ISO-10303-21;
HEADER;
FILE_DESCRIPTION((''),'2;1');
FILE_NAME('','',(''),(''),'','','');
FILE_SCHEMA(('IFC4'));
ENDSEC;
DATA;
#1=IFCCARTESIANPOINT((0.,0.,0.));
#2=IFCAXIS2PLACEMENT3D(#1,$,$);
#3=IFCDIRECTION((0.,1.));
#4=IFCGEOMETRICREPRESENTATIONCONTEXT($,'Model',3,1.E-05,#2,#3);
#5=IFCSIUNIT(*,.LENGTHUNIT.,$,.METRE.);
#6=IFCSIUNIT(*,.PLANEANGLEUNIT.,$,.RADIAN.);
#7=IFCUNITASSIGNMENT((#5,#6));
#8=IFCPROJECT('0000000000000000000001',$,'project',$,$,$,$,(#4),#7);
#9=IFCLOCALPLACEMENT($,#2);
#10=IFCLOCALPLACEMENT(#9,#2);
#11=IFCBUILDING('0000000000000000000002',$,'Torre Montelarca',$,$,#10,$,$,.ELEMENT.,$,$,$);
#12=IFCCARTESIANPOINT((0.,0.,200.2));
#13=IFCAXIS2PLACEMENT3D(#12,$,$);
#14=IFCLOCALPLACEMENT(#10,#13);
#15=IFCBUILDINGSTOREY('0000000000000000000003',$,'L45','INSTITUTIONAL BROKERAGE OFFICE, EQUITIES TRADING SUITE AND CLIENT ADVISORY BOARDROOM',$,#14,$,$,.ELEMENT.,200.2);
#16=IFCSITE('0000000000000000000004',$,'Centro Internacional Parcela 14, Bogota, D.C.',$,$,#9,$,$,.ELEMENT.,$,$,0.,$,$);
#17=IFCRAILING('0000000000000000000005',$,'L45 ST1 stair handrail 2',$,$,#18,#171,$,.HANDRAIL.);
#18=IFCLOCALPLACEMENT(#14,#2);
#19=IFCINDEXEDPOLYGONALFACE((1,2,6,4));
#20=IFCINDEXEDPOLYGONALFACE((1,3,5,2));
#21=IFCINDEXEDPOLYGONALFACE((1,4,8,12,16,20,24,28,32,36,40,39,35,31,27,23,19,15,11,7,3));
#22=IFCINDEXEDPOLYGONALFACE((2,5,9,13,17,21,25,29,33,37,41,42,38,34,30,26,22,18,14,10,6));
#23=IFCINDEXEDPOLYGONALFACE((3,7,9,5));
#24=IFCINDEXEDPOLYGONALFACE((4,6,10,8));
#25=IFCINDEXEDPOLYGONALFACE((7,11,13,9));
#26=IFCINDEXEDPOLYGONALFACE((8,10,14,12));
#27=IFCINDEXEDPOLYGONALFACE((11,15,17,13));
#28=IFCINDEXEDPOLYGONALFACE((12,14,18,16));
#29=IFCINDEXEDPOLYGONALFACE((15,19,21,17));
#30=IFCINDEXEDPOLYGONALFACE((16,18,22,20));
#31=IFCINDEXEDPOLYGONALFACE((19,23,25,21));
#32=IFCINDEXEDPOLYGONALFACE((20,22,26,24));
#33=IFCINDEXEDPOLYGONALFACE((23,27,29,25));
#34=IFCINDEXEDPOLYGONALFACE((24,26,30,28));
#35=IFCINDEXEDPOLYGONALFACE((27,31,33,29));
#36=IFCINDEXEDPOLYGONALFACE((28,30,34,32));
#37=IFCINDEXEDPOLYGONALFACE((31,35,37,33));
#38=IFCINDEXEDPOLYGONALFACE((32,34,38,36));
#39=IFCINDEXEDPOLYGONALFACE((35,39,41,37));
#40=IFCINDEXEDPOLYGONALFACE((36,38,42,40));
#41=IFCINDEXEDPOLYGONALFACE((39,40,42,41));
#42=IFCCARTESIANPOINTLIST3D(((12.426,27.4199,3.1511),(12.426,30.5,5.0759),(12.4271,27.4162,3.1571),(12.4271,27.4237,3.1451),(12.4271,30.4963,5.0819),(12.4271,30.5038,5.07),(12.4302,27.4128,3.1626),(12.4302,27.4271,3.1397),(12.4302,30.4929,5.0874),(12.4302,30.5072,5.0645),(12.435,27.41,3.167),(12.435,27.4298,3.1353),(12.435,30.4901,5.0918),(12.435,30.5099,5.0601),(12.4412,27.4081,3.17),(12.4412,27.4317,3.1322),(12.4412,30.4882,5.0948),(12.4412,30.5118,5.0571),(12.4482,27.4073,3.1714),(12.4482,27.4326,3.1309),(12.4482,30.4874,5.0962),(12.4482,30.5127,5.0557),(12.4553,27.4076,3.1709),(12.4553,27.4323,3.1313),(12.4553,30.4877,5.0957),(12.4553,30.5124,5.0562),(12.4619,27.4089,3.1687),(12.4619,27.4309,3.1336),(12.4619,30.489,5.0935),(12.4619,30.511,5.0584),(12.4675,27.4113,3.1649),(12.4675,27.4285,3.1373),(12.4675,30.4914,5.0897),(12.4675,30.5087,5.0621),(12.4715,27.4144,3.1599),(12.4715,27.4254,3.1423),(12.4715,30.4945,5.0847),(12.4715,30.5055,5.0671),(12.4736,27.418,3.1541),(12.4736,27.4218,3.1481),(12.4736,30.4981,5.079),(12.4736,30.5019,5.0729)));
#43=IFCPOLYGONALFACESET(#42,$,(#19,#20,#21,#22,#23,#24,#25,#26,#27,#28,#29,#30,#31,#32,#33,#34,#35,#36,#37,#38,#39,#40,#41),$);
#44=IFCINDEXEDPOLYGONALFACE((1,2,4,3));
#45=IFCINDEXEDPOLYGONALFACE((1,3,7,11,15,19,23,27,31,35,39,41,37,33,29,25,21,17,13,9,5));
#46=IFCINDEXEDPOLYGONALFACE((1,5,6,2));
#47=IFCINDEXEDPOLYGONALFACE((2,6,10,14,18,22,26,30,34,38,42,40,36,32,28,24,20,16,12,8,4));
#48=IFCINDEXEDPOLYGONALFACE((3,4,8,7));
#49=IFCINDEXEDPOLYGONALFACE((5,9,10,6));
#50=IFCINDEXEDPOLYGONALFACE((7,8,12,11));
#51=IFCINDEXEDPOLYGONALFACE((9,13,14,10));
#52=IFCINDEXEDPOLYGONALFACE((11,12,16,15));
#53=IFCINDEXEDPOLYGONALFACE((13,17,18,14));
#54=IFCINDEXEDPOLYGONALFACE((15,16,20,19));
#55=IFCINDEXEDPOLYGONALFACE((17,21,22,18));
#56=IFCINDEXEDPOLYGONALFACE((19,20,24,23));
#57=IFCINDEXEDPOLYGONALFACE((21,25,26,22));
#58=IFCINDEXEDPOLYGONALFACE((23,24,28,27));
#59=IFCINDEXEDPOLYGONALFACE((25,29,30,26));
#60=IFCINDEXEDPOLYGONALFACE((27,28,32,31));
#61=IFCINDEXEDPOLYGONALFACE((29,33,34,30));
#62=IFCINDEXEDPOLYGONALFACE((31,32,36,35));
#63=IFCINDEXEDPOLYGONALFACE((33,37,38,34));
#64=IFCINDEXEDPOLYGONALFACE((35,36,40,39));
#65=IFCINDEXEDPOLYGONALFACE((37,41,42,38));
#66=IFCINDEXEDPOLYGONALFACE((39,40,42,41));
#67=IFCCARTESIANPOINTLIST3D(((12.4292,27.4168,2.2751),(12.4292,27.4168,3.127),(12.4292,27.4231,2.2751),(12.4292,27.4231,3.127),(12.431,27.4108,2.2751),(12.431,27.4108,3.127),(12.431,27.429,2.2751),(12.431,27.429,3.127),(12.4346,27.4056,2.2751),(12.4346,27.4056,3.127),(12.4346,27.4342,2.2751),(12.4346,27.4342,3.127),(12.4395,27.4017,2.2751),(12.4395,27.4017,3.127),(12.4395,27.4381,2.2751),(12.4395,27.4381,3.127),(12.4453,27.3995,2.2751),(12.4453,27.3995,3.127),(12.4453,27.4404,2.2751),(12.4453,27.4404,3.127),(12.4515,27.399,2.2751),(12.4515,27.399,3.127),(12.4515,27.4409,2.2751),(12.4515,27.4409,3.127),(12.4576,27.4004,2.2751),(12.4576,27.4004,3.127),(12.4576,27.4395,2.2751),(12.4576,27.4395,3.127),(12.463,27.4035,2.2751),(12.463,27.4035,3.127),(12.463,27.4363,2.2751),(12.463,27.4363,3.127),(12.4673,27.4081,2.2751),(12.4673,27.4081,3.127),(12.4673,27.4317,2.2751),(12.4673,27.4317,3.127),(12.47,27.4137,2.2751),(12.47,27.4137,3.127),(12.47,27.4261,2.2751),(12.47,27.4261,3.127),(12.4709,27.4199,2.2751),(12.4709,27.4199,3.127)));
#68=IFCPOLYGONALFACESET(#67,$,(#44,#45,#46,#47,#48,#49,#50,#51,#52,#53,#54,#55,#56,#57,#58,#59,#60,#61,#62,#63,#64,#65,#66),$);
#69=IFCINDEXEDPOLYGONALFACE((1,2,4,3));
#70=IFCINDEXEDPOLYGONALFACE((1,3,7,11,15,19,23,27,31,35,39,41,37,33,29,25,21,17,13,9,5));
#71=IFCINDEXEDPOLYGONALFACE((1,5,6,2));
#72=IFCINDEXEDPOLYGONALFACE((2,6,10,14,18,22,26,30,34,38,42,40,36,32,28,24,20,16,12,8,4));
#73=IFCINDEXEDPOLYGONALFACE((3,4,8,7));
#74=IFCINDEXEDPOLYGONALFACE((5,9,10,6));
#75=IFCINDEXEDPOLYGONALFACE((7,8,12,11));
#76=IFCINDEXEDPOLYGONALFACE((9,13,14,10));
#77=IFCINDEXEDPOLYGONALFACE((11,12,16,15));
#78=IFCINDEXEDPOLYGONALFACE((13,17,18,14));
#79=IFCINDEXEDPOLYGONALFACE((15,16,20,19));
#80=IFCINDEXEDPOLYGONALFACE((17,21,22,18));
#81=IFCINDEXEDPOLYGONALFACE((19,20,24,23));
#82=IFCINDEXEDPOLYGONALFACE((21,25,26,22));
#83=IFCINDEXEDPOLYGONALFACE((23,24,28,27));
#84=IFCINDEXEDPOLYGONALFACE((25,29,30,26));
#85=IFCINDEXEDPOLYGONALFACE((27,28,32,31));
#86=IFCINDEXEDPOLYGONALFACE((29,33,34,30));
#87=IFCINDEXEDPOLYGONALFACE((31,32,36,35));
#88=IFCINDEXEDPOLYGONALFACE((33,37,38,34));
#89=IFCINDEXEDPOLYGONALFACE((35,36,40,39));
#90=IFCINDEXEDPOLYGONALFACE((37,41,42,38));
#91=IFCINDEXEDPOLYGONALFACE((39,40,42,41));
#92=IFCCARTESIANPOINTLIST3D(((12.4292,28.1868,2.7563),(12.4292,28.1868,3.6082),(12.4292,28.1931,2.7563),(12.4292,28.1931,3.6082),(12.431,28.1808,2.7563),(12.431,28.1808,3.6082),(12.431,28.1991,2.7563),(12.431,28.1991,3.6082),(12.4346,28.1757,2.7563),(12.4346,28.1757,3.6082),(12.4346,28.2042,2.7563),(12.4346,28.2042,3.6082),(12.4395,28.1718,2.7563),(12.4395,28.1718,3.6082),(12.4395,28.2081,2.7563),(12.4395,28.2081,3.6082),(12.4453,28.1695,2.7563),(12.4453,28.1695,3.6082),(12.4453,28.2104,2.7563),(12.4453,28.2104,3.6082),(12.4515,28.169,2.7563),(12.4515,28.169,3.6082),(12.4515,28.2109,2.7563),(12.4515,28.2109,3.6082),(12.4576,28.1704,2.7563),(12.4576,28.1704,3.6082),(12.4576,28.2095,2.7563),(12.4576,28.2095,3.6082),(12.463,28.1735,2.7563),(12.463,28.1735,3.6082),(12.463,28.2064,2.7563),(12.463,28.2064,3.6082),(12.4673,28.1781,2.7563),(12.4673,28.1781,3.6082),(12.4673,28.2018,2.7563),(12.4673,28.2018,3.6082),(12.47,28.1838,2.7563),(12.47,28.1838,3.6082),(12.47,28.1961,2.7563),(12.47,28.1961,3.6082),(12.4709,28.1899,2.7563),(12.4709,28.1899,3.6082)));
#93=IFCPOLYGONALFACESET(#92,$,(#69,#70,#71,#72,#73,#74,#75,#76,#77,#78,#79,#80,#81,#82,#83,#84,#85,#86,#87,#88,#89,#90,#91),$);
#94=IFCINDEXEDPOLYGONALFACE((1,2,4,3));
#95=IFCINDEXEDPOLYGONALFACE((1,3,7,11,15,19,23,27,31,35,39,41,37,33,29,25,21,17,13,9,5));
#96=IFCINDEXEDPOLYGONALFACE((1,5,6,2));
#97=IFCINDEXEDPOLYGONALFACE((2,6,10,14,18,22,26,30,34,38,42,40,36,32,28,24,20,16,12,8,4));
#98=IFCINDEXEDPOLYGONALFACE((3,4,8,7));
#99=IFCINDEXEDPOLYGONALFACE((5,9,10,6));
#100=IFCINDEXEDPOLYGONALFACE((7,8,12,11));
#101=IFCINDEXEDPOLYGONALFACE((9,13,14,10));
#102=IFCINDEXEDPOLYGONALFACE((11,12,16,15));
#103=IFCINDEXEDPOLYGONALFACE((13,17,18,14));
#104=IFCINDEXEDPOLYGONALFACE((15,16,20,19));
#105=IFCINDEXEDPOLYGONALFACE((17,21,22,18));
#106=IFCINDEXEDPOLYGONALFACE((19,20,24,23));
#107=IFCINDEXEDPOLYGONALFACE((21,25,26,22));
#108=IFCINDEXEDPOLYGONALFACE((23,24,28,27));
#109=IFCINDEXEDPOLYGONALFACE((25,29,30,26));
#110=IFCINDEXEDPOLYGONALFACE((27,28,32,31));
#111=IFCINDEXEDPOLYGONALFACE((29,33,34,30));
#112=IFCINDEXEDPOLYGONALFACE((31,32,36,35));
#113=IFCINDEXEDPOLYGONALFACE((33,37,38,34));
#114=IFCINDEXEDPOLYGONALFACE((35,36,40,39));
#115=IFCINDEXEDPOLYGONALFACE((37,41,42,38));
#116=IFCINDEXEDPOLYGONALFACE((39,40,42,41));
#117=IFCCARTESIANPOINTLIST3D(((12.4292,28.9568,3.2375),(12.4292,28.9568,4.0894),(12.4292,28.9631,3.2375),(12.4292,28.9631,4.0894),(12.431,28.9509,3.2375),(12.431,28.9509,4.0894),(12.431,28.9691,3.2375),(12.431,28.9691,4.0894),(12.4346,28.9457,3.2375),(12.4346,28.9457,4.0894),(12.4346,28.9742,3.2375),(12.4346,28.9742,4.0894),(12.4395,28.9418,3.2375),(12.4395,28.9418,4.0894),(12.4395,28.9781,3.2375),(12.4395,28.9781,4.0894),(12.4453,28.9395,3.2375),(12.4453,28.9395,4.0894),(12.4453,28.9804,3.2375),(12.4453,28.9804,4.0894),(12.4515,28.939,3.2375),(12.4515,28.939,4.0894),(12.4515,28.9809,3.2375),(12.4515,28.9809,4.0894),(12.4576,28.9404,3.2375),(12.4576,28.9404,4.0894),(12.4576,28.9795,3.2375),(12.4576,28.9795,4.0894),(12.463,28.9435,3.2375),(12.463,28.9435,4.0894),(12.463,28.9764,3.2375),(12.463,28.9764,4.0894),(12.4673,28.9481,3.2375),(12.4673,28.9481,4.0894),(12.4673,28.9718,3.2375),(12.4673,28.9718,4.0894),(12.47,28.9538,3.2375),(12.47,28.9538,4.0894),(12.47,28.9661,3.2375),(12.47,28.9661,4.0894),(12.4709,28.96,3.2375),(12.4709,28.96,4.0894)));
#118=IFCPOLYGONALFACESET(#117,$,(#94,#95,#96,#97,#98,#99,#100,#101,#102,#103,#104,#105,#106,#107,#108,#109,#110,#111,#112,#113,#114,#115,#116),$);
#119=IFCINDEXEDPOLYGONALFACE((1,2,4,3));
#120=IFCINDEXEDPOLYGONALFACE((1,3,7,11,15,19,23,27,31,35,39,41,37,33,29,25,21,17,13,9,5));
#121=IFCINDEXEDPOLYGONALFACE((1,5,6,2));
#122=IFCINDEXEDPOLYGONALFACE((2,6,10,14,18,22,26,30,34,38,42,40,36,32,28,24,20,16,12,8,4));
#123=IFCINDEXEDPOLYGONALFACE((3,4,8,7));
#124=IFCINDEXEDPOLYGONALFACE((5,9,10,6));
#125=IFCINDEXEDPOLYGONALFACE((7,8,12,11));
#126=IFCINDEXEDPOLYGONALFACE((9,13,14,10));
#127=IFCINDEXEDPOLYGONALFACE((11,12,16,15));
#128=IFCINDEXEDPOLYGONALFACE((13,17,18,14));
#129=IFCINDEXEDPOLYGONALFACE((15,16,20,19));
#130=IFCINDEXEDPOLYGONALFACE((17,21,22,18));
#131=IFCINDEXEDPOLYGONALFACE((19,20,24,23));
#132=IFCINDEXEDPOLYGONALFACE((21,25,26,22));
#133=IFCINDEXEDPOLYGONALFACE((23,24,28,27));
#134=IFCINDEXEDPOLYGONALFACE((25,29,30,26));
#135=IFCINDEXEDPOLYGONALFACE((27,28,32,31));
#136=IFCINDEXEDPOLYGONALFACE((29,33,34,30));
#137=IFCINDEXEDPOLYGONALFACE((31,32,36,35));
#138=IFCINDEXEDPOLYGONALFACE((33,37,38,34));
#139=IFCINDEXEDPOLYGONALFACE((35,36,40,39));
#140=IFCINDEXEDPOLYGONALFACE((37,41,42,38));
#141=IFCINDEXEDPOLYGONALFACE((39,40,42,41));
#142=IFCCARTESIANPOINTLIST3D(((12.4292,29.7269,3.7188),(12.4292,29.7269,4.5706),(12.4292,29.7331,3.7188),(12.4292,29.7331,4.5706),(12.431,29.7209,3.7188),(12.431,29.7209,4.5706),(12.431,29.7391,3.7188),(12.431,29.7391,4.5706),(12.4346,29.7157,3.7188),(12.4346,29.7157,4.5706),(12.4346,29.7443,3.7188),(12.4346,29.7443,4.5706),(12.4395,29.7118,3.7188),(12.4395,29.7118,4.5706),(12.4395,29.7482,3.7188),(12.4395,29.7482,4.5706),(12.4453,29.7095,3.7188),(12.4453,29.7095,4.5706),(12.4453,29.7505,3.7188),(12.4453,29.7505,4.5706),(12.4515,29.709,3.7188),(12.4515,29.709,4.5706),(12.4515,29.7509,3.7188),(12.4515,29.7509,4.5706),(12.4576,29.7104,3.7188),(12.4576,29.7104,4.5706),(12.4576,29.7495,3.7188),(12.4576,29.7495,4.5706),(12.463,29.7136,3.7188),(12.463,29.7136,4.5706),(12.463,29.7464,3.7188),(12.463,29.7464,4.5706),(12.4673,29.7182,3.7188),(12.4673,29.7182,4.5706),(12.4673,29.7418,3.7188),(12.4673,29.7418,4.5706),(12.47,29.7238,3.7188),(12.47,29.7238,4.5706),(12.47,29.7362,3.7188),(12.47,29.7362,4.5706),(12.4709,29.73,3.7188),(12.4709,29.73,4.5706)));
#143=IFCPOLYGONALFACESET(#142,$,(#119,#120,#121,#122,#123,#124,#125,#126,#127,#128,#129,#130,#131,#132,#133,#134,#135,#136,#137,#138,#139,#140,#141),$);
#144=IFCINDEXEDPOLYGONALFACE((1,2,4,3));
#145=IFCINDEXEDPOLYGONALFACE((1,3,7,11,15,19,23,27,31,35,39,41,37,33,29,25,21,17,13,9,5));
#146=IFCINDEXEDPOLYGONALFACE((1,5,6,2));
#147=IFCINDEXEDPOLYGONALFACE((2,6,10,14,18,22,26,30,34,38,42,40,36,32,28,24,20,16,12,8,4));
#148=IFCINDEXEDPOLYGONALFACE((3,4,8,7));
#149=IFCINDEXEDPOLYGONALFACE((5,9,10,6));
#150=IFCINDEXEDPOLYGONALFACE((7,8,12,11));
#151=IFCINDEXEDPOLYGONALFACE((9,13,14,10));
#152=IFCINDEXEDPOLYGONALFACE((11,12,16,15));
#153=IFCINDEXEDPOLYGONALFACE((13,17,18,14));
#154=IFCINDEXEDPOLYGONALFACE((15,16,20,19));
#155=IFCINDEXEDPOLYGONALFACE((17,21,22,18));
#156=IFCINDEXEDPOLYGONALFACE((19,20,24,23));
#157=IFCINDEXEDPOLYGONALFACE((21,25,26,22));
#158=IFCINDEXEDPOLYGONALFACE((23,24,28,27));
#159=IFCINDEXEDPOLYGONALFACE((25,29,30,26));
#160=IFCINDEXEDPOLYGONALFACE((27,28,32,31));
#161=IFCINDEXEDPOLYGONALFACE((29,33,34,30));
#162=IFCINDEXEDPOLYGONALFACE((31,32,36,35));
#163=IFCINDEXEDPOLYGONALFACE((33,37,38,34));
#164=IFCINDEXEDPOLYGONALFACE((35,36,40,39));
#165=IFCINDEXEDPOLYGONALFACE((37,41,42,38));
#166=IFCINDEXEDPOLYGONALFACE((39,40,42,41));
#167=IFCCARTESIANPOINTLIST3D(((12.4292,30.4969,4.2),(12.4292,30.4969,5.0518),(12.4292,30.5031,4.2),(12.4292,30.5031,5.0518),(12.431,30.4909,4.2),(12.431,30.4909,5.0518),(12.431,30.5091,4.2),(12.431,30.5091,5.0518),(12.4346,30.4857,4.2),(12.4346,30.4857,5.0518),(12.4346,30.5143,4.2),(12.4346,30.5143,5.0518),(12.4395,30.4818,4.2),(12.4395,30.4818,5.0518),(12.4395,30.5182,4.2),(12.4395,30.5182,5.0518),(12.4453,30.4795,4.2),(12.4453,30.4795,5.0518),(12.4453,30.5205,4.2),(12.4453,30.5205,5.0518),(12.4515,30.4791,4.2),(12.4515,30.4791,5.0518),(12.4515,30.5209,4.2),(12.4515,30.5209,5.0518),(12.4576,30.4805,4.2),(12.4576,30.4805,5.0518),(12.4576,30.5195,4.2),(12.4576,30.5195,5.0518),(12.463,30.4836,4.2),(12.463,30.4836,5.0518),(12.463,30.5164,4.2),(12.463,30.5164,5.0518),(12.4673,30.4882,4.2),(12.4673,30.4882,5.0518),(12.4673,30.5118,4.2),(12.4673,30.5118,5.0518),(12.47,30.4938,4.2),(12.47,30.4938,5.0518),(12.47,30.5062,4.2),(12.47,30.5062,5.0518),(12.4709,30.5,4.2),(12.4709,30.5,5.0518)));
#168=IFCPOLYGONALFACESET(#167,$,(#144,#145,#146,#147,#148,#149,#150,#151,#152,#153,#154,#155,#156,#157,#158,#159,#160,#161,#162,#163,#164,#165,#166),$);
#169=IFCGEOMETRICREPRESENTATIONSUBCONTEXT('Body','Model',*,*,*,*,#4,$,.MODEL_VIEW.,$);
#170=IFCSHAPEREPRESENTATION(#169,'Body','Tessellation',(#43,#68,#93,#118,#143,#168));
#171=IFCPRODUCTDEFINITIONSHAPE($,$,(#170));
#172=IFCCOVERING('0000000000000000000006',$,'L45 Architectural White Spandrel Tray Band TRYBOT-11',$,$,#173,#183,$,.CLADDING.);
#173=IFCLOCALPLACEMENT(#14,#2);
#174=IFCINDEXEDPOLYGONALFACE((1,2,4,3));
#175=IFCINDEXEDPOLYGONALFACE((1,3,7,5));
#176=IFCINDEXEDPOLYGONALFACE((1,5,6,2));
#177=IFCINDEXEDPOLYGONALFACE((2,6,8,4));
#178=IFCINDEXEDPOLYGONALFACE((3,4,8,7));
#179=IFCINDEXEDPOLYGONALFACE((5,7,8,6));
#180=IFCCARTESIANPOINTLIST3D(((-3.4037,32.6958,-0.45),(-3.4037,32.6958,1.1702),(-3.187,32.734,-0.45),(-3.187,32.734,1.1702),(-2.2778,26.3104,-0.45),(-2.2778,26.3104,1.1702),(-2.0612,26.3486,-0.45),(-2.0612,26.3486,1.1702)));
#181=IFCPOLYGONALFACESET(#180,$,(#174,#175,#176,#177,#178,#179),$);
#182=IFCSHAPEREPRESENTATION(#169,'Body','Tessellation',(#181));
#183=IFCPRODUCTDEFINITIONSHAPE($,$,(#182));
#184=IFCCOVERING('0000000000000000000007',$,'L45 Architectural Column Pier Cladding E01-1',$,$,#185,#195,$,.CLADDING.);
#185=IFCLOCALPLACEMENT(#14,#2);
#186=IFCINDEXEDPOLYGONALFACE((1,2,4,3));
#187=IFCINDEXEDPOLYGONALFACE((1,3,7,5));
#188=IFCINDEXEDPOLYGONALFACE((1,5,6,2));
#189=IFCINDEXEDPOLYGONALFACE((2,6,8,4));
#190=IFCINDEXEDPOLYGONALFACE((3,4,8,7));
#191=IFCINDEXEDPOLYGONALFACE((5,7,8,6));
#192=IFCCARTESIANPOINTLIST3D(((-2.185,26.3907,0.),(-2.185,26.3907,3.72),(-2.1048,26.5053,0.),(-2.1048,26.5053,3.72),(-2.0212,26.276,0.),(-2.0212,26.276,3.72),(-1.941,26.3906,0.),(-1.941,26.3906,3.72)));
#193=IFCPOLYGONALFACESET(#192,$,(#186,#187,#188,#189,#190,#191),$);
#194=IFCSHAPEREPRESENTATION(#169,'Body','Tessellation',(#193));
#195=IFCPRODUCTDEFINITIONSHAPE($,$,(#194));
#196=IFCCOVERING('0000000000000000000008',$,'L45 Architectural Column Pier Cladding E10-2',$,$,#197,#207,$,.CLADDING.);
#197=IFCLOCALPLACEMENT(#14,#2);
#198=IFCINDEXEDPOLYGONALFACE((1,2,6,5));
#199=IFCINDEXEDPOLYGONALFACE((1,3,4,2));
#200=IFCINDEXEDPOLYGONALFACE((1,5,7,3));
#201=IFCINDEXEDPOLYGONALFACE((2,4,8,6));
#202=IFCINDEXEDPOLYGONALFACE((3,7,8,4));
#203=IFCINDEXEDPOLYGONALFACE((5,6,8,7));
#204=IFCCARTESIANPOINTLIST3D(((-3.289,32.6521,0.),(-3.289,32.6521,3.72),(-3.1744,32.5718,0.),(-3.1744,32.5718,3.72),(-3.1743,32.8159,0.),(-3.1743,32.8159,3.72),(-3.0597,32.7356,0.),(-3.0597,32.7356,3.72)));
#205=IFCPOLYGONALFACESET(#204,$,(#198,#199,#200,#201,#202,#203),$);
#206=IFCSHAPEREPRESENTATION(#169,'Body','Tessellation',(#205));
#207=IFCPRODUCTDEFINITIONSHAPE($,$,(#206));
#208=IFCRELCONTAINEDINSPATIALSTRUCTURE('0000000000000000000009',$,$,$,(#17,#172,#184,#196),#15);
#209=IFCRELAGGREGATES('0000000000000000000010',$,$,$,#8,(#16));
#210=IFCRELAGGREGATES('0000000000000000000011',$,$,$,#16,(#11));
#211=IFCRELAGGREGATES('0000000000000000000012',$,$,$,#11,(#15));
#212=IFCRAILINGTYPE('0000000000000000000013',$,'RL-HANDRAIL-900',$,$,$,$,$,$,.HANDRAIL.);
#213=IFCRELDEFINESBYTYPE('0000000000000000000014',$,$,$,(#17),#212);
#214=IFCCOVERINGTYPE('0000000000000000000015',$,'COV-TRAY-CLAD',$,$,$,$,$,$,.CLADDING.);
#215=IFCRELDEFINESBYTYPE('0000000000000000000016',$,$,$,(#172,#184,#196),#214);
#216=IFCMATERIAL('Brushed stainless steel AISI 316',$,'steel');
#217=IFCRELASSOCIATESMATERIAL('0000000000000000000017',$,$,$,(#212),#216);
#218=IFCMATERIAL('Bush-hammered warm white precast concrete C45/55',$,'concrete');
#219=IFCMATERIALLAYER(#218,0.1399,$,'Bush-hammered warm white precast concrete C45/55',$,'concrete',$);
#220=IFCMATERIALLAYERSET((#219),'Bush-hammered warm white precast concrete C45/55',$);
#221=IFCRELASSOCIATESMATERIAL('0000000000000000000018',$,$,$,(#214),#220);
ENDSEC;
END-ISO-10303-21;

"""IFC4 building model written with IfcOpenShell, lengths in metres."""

from ifc_helpers import new_model, si_unit, direction, frame, origin, origin_2d, place, context, subcontext, project, spatial, rectangle, circle, extrude, source, transform, mapped, material, layer, layer_set, type_object, element, save


model = new_model("IFC4")

# Units and contexts
model_context = context("Model", 3, precision=1e-05, world=origin(), true_north=direction((0.0, 1.0)))
body_context = subcontext(model_context, "Body", "Model", "MODEL_VIEW")
ifc_project = project(units=[si_unit("LENGTHUNIT", "METRE"), si_unit("PLANEANGLEUNIT", "RADIAN")], contexts=[model_context])

# Site, building, storey
site_placement = place(None, origin())
site = spatial("IfcSite", under=ifc_project, at=site_placement, Name="Centro Internacional Parcela 14, Bogota, D.C.", CompositionType="ELEMENT", RefElevation=0.0)
building_placement = place(site_placement, origin())
building = spatial("IfcBuilding", under=site, at=building_placement, Name="Torre Montelarca", CompositionType="ELEMENT")
storey_placement = place(building_placement, frame((0.0, 0.0, 200.2)))
storey = spatial("IfcBuildingStorey", under=building, at=storey_placement, Name="L45", Description="INSTITUTIONAL BROKERAGE OFFICE, EQUITIES TRADING SUITE AND CLIENT ADVISORY BOARDROOM", CompositionType="ELEMENT", Elevation=200.2)

# Railing
ifc_material_1 = material(Name="Brushed stainless steel AISI 316", Category="steel")
railing_type_1 = type_object("IfcRailingType", Name="RL-HANDRAIL-900", PredefinedType="HANDRAIL", material=ifc_material_1)
railing_1_placement = place(storey_placement, frame((12.45, 27.4199, 2.2751)))
element("IfcRailing", 1, at=railing_1_placement, inside=storey, type_object=railing_type_1, Name="L45 ST1 stair handrail 2", PredefinedType="HANDRAIL", context=body_context, shape_type="SweptSolid", body=[
    extrude(circle(Radius=0.0239, at=origin_2d()), frame((0.0, 0.0, 0.876), z_axis=(0.0, 0.848029, 0.529951), x_axis=(-1.0, 0.0, 0.0)), (0.0, 0.0, 1.0), 3.6321),
    extrude(circle(Radius=0.021, at=origin_2d()), origin(), (0.0, 0.0, 1.0), 0.8518),
    extrude(circle(Radius=0.021, at=origin_2d()), frame((0.0, 0.77, 0.4812)), (0.0, 0.0, 1.0), 0.8518),
    extrude(circle(Radius=0.021, at=origin_2d()), frame((0.0, 1.54, 0.9624)), (0.0, 0.0, 1.0), 0.8518),
    extrude(circle(Radius=0.021, at=origin_2d()), frame((0.0, 2.3101, 1.4436)), (0.0, 0.0, 1.0), 0.8518),
    extrude(circle(Radius=0.021, at=origin_2d()), frame((0.0, 3.0801, 1.9248)), (0.0, 0.0, 1.0), 0.8518),
])

# Coverings
ifc_material_2 = material(Name="Bush-hammered warm white precast concrete C45/55", Category="concrete")
ifc_layer_1 = layer(ifc_material_2, 0.1399, Name="Bush-hammered warm white precast concrete C45/55", Category="concrete")
ifc_layer_set_1 = layer_set([ifc_layer_1], Name="Bush-hammered warm white precast concrete C45/55")
covering_type = type_object("IfcCoveringType", Name="COV-TRAY-CLAD", PredefinedType="CLADDING", material=ifc_layer_set_1)
shared_shape_1 = source(origin(), body_context, "Body", "SweptSolid", [
    extrude(rectangle(XDim=6.4839, YDim=0.22, at=origin_2d()), origin(), (0.0, 0.0, 1.0), 1.6201),
])
covering_placement = place(storey_placement, frame((-2.7324, 29.5222, -0.45), z_axis=(0.0, 0.0, 1.0), x_axis=(0.173636, -0.98481, 0.0)))
element("IfcCovering", 2, at=covering_placement, inside=storey, type_object=covering_type, Name="L45 Architectural White Spandrel Tray Band TRYBOT-11", PredefinedType="CLADDING", context=body_context, shape_type="MappedRepresentation", body=[
    mapped(shared_shape_1, transform((0.0, 0.0, 0.0), scale=1.0)),
])
shared_shape_2 = source(origin(), body_context, "Body", "SweptSolid", [
    extrude(rectangle(XDim=0.2, YDim=0.1399, at=origin_2d()), origin(), (0.0, 0.0, 1.0), 3.72),
])
for number, where, z_axis, x_axis, name in (
    (3, (-2.063, 26.3906, 0.0), (0.0, 0.0, 1.0), (0.819154, -0.573574, 0.0), "L45 Architectural Column Pier Cladding E01-1"),
    (4, (-3.1743, 32.6938, 0.0), (0.0, 0.0, 1.0), (-0.573572, -0.819155, 0.0), "L45 Architectural Column Pier Cladding E10-2"),
):
    element("IfcCovering", number, at=place(storey_placement, frame(where, z_axis=z_axis, x_axis=x_axis)), inside=storey, type_object=covering_type, Name=name, PredefinedType="CLADDING", context=body_context, shape_type="MappedRepresentation", body=[
        mapped(shared_shape_2, transform((0.0, 0.0, 0.0), scale=1.0)),
    ])

save(model, "model.ifc")
